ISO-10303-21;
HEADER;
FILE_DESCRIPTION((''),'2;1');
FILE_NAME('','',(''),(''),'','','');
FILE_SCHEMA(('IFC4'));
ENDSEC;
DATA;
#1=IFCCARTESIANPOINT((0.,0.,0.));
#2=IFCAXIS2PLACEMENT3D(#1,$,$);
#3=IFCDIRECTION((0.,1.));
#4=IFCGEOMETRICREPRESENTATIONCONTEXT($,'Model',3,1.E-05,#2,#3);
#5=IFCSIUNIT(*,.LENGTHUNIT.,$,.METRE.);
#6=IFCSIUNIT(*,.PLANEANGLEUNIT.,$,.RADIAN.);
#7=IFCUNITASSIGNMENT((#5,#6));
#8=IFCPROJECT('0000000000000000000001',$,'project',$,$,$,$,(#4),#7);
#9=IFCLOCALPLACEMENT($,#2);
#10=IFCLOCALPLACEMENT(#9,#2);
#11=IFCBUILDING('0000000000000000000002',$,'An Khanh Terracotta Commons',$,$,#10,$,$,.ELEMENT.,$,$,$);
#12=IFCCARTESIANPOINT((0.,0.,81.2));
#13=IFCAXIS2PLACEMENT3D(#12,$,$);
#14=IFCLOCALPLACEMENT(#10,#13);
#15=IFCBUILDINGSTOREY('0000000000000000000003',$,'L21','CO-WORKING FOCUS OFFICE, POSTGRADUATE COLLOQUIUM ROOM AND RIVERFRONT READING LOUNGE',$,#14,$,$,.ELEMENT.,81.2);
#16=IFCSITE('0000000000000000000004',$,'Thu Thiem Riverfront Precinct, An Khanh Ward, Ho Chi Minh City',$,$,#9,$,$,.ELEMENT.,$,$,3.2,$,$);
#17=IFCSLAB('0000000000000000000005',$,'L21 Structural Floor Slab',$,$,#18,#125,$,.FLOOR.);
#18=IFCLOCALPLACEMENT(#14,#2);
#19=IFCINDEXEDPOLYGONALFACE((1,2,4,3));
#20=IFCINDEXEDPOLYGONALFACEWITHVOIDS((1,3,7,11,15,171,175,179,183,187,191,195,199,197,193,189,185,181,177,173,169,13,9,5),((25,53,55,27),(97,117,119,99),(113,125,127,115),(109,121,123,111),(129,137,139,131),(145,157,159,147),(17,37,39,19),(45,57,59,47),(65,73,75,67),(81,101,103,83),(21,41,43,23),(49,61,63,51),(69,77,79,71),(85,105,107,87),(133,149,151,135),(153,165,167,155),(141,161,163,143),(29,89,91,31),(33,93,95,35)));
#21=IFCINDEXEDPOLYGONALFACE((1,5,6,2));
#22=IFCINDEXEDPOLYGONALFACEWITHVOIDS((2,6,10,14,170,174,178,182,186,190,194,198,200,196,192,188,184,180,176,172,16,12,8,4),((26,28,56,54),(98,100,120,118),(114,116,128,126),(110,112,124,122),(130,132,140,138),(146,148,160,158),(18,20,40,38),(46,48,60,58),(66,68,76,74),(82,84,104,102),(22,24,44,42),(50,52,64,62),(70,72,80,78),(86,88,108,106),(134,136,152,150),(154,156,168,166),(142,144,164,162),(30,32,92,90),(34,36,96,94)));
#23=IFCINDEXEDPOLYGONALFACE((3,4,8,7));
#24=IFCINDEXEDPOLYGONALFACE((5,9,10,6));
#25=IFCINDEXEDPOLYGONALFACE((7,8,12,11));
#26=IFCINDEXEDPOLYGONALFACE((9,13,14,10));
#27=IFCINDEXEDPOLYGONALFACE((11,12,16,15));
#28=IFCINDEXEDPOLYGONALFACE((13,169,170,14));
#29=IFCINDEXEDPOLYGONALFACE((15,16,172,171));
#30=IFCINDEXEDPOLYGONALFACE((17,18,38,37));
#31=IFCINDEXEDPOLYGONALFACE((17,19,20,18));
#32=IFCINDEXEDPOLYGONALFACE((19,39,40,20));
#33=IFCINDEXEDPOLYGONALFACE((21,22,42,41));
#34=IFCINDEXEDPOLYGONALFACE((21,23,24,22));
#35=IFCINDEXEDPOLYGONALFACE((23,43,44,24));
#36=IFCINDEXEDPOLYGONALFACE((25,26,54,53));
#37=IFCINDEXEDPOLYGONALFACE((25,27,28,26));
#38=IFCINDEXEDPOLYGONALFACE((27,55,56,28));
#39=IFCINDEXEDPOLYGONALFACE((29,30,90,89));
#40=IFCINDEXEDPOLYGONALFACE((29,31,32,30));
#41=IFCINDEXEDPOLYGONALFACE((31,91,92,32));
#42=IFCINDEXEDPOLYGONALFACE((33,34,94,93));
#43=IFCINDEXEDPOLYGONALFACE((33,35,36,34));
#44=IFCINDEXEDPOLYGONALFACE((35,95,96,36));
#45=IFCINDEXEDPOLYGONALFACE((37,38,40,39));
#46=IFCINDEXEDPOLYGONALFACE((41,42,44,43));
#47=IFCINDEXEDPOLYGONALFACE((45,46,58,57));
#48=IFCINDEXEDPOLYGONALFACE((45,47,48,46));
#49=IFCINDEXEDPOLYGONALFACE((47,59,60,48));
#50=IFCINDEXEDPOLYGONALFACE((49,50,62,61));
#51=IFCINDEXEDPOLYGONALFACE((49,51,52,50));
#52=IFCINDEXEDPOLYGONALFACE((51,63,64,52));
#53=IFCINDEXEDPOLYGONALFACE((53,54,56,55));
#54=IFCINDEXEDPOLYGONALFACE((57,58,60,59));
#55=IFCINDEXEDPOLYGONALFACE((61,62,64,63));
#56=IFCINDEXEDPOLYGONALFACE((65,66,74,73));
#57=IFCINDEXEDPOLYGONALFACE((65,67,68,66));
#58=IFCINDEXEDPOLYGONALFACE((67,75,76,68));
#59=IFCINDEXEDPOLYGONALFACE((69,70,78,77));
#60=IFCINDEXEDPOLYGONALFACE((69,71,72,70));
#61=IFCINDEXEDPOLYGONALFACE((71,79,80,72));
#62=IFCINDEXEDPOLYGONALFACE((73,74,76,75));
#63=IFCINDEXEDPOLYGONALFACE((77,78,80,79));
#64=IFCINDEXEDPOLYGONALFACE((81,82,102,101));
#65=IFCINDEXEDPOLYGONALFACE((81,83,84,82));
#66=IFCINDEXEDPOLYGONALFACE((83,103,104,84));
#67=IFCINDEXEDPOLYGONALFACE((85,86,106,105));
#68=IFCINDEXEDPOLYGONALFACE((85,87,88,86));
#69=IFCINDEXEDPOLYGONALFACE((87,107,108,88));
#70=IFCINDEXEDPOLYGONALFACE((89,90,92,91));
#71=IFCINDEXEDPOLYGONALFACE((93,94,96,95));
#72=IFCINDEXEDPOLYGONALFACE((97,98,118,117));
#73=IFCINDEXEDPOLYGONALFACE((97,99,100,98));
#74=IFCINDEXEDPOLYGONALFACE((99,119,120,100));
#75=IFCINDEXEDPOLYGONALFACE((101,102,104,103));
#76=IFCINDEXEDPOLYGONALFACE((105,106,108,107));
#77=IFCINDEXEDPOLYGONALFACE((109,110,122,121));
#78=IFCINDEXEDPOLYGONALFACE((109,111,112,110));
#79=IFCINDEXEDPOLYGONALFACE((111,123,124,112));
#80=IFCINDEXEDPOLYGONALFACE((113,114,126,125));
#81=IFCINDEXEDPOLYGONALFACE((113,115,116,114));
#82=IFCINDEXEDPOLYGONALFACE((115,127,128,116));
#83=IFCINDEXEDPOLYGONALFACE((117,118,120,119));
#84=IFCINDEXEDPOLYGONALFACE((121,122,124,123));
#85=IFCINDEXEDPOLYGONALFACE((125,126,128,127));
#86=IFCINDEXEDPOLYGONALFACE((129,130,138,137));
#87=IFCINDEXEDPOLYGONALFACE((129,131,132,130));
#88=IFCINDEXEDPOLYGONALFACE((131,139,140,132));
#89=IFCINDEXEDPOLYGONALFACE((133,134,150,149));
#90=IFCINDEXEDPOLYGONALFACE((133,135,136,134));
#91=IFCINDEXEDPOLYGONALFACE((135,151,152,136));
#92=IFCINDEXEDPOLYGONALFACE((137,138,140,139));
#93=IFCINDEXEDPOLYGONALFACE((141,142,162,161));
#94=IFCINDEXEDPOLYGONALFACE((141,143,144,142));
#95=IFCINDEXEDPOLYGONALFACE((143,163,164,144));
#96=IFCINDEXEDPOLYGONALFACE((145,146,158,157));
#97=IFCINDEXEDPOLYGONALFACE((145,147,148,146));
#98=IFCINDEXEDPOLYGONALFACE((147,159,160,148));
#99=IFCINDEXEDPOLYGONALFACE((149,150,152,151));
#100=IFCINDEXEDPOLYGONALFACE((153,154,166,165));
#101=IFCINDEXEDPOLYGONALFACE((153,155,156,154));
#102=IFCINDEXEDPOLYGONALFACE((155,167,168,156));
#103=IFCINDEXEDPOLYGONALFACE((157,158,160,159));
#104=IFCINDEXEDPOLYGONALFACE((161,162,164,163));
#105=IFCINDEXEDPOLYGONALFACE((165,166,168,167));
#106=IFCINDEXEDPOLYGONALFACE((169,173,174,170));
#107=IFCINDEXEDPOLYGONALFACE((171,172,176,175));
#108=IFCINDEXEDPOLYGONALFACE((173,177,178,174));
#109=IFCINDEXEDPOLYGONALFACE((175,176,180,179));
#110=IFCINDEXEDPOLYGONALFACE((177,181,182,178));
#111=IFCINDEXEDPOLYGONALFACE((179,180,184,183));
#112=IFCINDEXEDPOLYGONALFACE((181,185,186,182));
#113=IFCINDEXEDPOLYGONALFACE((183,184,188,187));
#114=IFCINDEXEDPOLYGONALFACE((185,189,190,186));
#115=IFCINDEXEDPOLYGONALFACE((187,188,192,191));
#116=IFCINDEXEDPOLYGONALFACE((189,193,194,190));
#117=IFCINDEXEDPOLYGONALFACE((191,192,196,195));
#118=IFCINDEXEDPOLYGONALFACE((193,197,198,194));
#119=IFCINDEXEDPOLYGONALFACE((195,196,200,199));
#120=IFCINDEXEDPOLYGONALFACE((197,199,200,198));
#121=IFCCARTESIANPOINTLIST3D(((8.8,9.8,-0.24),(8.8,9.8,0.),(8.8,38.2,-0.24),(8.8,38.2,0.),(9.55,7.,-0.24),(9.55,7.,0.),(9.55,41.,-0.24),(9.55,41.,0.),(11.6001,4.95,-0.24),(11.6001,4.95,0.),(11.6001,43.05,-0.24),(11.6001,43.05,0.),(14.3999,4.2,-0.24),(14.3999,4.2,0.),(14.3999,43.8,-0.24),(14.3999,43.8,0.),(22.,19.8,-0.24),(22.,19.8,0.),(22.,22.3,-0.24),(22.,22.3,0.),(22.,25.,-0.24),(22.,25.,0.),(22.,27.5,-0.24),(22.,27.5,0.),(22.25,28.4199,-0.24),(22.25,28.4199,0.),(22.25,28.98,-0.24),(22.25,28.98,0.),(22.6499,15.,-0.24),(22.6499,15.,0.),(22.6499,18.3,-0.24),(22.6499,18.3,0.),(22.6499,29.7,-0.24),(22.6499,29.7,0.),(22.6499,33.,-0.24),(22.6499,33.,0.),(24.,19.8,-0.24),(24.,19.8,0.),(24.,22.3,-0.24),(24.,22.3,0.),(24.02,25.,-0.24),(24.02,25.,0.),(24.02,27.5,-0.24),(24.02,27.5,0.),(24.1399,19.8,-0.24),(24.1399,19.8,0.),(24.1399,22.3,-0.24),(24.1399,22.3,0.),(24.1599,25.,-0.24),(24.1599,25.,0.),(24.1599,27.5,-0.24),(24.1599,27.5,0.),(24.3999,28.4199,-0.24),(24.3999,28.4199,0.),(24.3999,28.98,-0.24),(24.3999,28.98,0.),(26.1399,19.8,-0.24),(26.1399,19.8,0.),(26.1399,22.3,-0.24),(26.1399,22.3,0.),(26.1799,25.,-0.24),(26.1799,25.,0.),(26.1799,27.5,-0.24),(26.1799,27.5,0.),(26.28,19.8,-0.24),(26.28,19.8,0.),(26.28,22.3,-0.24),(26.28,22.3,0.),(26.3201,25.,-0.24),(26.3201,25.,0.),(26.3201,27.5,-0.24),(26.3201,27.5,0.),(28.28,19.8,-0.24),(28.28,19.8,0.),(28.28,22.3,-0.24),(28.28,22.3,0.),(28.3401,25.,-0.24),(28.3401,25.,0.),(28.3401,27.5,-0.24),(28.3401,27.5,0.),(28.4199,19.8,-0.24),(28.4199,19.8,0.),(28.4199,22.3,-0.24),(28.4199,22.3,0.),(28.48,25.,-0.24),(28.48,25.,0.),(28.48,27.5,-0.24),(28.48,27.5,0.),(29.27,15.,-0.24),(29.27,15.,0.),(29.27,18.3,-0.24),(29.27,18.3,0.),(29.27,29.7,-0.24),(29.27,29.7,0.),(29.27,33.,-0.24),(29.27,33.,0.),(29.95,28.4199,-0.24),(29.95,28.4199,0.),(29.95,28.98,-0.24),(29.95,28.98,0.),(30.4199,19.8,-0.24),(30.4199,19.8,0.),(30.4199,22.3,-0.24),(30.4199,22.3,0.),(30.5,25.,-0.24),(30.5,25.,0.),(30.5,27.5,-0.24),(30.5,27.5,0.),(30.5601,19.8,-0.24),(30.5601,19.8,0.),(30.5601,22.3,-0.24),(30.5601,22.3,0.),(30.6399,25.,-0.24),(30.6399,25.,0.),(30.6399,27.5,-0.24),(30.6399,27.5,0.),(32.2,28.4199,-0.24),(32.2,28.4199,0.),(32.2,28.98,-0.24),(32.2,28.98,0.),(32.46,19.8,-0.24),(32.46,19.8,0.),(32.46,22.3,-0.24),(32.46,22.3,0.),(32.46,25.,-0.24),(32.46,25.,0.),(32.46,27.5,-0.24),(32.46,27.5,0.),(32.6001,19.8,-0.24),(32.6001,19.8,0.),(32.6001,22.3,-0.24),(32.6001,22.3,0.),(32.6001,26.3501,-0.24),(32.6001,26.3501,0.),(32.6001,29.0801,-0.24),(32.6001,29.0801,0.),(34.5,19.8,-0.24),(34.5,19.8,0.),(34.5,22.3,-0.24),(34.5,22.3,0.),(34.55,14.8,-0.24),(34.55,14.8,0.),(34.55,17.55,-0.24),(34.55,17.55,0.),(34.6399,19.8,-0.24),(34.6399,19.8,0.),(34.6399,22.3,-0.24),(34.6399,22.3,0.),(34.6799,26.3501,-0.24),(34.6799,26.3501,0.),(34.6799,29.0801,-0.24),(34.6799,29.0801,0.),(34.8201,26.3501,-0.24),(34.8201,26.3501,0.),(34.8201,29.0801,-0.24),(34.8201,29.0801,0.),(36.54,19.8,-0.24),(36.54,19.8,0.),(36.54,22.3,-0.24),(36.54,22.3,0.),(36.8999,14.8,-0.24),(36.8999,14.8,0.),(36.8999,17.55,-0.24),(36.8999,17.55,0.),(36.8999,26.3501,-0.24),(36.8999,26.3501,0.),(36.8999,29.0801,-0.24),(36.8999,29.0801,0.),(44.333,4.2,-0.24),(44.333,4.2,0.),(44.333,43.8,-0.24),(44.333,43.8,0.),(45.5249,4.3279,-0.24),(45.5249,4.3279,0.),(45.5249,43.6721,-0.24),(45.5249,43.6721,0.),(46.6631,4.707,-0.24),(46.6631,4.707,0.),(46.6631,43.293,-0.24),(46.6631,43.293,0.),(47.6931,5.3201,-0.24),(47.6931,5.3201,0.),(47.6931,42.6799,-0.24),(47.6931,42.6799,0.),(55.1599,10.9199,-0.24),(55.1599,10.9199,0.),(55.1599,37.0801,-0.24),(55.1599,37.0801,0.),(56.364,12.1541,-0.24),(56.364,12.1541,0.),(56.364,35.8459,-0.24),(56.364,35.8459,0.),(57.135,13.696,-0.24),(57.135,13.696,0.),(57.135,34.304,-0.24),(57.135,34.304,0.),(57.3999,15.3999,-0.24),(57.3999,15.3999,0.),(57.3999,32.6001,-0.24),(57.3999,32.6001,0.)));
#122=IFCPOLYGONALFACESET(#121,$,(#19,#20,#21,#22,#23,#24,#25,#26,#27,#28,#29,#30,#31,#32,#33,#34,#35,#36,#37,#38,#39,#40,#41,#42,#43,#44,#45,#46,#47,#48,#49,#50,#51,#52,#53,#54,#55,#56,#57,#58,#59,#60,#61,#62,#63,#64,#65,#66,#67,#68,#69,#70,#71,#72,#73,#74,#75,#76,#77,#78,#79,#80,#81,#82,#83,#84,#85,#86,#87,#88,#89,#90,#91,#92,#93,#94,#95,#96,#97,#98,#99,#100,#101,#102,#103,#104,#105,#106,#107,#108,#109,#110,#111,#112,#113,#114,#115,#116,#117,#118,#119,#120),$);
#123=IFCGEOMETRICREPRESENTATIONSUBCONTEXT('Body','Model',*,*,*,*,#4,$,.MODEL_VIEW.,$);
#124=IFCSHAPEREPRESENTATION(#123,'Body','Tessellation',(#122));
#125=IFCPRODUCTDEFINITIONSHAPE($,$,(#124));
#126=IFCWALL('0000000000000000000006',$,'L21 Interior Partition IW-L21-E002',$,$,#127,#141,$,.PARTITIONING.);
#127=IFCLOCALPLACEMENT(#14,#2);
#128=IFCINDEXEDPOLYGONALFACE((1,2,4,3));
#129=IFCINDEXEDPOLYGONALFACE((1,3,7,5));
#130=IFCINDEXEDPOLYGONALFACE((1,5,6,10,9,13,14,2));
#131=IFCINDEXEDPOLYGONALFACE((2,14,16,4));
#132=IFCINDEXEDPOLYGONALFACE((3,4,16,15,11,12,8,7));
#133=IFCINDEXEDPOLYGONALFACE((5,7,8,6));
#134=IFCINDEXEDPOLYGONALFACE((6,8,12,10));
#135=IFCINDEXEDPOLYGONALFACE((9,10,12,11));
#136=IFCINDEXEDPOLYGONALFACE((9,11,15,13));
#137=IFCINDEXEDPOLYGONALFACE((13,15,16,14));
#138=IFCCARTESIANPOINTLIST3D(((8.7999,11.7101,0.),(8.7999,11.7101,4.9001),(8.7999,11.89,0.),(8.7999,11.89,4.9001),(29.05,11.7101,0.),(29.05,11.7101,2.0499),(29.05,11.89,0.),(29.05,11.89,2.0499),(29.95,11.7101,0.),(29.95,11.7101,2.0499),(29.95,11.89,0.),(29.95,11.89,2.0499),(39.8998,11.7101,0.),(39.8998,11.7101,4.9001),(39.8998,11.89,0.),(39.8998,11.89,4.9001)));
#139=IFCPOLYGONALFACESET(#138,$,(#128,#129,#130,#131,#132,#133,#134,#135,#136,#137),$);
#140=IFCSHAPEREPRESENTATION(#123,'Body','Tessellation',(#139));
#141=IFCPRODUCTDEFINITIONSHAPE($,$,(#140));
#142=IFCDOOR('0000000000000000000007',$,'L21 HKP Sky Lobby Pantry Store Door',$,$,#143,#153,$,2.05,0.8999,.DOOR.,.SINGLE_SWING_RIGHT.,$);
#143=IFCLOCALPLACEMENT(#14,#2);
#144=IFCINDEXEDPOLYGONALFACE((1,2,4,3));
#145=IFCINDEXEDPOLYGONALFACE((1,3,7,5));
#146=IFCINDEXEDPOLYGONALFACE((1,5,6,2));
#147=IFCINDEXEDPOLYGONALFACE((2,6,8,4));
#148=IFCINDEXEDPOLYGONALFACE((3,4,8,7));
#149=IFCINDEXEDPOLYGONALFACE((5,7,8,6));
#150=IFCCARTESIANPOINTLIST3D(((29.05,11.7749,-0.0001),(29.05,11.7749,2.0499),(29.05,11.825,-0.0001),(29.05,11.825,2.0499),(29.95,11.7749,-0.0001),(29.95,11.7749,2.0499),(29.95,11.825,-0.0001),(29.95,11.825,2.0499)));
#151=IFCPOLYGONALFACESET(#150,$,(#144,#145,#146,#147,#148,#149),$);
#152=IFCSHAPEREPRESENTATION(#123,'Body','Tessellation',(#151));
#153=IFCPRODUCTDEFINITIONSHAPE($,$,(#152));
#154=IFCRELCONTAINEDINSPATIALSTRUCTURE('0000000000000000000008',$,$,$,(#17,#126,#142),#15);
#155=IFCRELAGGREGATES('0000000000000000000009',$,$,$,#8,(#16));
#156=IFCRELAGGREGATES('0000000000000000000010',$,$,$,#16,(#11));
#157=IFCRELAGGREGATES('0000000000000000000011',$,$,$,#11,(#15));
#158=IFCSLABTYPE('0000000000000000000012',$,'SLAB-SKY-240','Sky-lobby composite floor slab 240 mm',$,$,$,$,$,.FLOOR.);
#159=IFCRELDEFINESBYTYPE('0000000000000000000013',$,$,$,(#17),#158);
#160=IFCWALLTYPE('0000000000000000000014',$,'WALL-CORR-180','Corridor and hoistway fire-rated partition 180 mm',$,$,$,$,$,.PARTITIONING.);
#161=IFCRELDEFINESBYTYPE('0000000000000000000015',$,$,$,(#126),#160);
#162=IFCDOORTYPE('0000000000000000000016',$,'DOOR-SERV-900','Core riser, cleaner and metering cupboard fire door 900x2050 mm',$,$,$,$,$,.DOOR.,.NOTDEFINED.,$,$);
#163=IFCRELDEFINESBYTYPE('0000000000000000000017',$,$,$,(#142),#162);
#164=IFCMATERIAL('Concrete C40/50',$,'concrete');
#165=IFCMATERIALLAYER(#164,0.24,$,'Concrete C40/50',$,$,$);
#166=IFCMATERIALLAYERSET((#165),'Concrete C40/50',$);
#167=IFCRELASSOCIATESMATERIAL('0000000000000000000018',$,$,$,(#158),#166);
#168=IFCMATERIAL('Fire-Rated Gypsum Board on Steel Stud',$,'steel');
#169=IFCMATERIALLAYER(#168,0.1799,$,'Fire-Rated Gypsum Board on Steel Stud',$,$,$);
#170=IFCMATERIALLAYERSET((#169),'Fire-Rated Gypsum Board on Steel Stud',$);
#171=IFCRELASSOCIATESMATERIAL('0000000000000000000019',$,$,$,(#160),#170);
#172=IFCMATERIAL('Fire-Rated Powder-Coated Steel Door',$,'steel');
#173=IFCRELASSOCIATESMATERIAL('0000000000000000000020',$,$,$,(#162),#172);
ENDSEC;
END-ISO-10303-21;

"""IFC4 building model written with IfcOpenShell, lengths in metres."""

from ifc_helpers import new_model, si_unit, direction, frame, frame_2d, origin, place, context, subcontext, project, spatial, polyline, rectangle, outline, extrude, material, layer, layer_set, type_object, element, fill, save


model = new_model("IFC4")

# Units and contexts
model_context = context("Model", 3, precision=1e-05, world=origin(), true_north=direction((0.0, 1.0)))
body_context = subcontext(model_context, "Body", "Model", "MODEL_VIEW")
ifc_project = project(units=[si_unit("LENGTHUNIT", "METRE"), si_unit("PLANEANGLEUNIT", "RADIAN")], contexts=[model_context])

# Site, building, storey
site_placement = place(None, origin())
site = spatial("IfcSite", under=ifc_project, at=site_placement, Name="Thu Thiem Riverfront Precinct, An Khanh Ward, Ho Chi Minh City", CompositionType="ELEMENT", RefElevation=3.2)
building_placement = place(site_placement, origin())
building = spatial("IfcBuilding", under=site, at=building_placement, Name="An Khanh Terracotta Commons", CompositionType="ELEMENT")
storey_placement = place(building_placement, frame((0.0, 0.0, 81.2)))
storey = spatial("IfcBuildingStorey", under=building, at=storey_placement, Name="L21", Description="CO-WORKING FOCUS OFFICE, POSTGRADUATE COLLOQUIUM ROOM AND RIVERFRONT READING LOUNGE", CompositionType="ELEMENT", Elevation=81.2)

# Shared definitions
ifc_material_1 = material(Name="Concrete C40/50", Category="concrete")

# Slab
ifc_layer_1 = layer(ifc_material_1, 0.24, Name="Concrete C40/50")
ifc_layer_set_1 = layer_set([ifc_layer_1], Name="Concrete C40/50")
slab_type_1 = type_object("IfcSlabType", Name="SLAB-SKY-240", Description="Sky-lobby composite floor slab 240 mm", PredefinedType="FLOOR", material=ifc_layer_set_1)
slab_1_placement = place(storey_placement, frame((0.0, 0.0, -0.24)))
element("IfcSlab", 1, at=slab_1_placement, inside=storey, type_object=slab_type_1, Name="L21 Structural Floor Slab", PredefinedType="FLOOR", context=body_context, shape_type="SweptSolid", body=[
    extrude(outline(polyline([(8.8, 9.8), (9.55, 7.0), (11.6001, 4.95), (14.3999, 4.2), (44.333, 4.2), (45.5249, 4.3279), (46.6631, 4.707), (47.6931, 5.3201), (55.1599, 10.9199), (56.364, 12.1541), (57.135, 13.696), (57.3999, 15.3999), (57.3999, 32.6001), (57.135, 34.304), (56.364, 35.8459), (55.1599, 37.0801), (47.6931, 42.6799), (46.6631, 43.293), (45.5249, 43.6721), (44.333, 43.8), (14.3999, 43.8), (11.6001, 43.05), (9.55, 41.0), (8.8, 38.2), (8.8, 9.8)]), holes=[polyline([(22.6499, 29.7), (29.27, 29.7), (29.27, 33.0), (22.6499, 33.0), (22.6499, 29.7)]), polyline([(22.6499, 15.0), (29.27, 15.0), (29.27, 18.3), (22.6499, 18.3), (22.6499, 15.0)]), polyline([(32.6001, 26.3501), (34.6799, 26.3501), (34.6799, 29.0801), (32.6001, 29.0801), (32.6001, 26.3501)]), polyline([(34.8201, 26.3501), (36.8999, 26.3501), (36.8999, 29.0801), (34.8201, 29.0801), (34.8201, 26.3501)]), polyline([(34.55, 14.8), (36.8999, 14.8), (36.8999, 17.55), (34.55, 17.55), (34.55, 14.8)]), polyline([(22.0, 25.0), (24.02, 25.0), (24.02, 27.5), (22.0, 27.5), (22.0, 25.0)]), polyline([(24.1599, 25.0), (26.1799, 25.0), (26.1799, 27.5), (24.1599, 27.5), (24.1599, 25.0)]), polyline([(22.0, 19.8), (24.0, 19.8), (24.0, 22.3), (22.0, 22.3), (22.0, 19.8)]), polyline([(24.1399, 19.8), (26.1399, 19.8), (26.1399, 22.3), (24.1399, 22.3), (24.1399, 19.8)]), polyline([(26.3201, 25.0), (28.3401, 25.0), (28.3401, 27.5), (26.3201, 27.5), (26.3201, 25.0)]), polyline([(28.48, 25.0), (30.5, 25.0), (30.5, 27.5), (28.48, 27.5), (28.48, 25.0)]), polyline([(26.28, 19.8), (28.28, 19.8), (28.28, 22.3), (26.28, 22.3), (26.28, 19.8)]), polyline([(28.4199, 19.8), (30.4199, 19.8), (30.4199, 22.3), (28.4199, 22.3), (28.4199, 19.8)]), polyline([(30.6399, 25.0), (32.46, 25.0), (32.46, 27.5), (30.6399, 27.5), (30.6399, 25.0)]), polyline([(30.5601, 19.8), (32.46, 19.8), (32.46, 22.3), (30.5601, 22.3), (30.5601, 19.8)]), polyline([(32.6001, 19.8), (34.5, 19.8), (34.5, 22.3), (32.6001, 22.3), (32.6001, 19.8)]), polyline([(34.6399, 19.8), (36.54, 19.8), (36.54, 22.3), (34.6399, 22.3), (34.6399, 19.8)]), polyline([(22.25, 28.4199), (24.3999, 28.4199), (24.3999, 28.98), (22.25, 28.98), (22.25, 28.4199)]), polyline([(29.95, 28.4199), (32.2, 28.4199), (32.2, 28.98), (29.95, 28.98), (29.95, 28.4199)])]), origin(), (0.0, 0.0, 1.0), 0.24),
])

# Wall, opening, door
ifc_material_2 = material(Name="Fire-Rated Gypsum Board on Steel Stud", Category="steel")
ifc_layer_2 = layer(ifc_material_2, 0.1799, Name="Fire-Rated Gypsum Board on Steel Stud")
ifc_layer_set_2 = layer_set([ifc_layer_2], Name="Fire-Rated Gypsum Board on Steel Stud")
wall_type_1 = type_object("IfcWallType", Name="WALL-CORR-180", Description="Corridor and hoistway fire-rated partition 180 mm", PredefinedType="PARTITIONING", material=ifc_layer_set_2)
wall_1_placement = place(storey_placement, frame((8.8, 11.8, 0.0), z_axis=(0.0, 0.0, 1.0), x_axis=(1.0, 0.0, 0.0)))
wall_1 = element("IfcWall", 2, at=wall_1_placement, inside=storey, type_object=wall_type_1, Name="L21 Interior Partition IW-L21-E002", PredefinedType="PARTITIONING", context=body_context, shape_type="SweptSolid", body=[
    extrude(rectangle(XDim=31.0999, YDim=0.1799, at=frame_2d((15.5498, 0.0))), origin(), (0.0, 0.0, 1.0), 4.9001),
])
opening_1_placement = place(wall_1_placement, frame((20.25, 0.0, 0.0)))
opening_1 = element("IfcOpeningElement", 3, at=opening_1_placement, cuts=wall_1, PredefinedType="OPENING", context=body_context, shape_type="SweptSolid", body=[
    extrude(rectangle(XDim=0.8999, YDim=2.05, at=frame_2d((0.45, 1.0249))), frame((0.0, 0.0999, 0.0), z_axis=(0.0, -1.0, 0.0), x_axis=(1.0, 0.0, 0.0)), (0.0, 0.0, 1.0), 0.2),
])
ifc_material_3 = material(Name="Fire-Rated Powder-Coated Steel Door", Category="steel")
door_type_1 = type_object("IfcDoorType", Name="DOOR-SERV-900", Description="Core riser, cleaner and metering cupboard fire door 900x2050 mm", OperationType="NOTDEFINED", PredefinedType="DOOR", material=ifc_material_3)
door_1_placement = place(opening_1_placement, origin())
door_1 = element("IfcDoor", 4, at=door_1_placement, inside=storey, type_object=door_type_1, Name="L21 HKP Sky Lobby Pantry Store Door", OperationType="SINGLE_SWING_RIGHT", OverallHeight=2.05, OverallWidth=0.8999, PredefinedType="DOOR", context=body_context, shape_type="SweptSolid", body=[
    extrude(rectangle(XDim=0.8999, YDim=2.05, at=frame_2d((0.45, 1.0249))), frame((0.0, 0.0249, 0.0), z_axis=(0.0, -1.0, 0.0), x_axis=(1.0, 0.0, 0.0)), (0.0, 0.0, 1.0), 0.05),
])
fill(opening_1, door_1)

save(model, "model.ifc")
